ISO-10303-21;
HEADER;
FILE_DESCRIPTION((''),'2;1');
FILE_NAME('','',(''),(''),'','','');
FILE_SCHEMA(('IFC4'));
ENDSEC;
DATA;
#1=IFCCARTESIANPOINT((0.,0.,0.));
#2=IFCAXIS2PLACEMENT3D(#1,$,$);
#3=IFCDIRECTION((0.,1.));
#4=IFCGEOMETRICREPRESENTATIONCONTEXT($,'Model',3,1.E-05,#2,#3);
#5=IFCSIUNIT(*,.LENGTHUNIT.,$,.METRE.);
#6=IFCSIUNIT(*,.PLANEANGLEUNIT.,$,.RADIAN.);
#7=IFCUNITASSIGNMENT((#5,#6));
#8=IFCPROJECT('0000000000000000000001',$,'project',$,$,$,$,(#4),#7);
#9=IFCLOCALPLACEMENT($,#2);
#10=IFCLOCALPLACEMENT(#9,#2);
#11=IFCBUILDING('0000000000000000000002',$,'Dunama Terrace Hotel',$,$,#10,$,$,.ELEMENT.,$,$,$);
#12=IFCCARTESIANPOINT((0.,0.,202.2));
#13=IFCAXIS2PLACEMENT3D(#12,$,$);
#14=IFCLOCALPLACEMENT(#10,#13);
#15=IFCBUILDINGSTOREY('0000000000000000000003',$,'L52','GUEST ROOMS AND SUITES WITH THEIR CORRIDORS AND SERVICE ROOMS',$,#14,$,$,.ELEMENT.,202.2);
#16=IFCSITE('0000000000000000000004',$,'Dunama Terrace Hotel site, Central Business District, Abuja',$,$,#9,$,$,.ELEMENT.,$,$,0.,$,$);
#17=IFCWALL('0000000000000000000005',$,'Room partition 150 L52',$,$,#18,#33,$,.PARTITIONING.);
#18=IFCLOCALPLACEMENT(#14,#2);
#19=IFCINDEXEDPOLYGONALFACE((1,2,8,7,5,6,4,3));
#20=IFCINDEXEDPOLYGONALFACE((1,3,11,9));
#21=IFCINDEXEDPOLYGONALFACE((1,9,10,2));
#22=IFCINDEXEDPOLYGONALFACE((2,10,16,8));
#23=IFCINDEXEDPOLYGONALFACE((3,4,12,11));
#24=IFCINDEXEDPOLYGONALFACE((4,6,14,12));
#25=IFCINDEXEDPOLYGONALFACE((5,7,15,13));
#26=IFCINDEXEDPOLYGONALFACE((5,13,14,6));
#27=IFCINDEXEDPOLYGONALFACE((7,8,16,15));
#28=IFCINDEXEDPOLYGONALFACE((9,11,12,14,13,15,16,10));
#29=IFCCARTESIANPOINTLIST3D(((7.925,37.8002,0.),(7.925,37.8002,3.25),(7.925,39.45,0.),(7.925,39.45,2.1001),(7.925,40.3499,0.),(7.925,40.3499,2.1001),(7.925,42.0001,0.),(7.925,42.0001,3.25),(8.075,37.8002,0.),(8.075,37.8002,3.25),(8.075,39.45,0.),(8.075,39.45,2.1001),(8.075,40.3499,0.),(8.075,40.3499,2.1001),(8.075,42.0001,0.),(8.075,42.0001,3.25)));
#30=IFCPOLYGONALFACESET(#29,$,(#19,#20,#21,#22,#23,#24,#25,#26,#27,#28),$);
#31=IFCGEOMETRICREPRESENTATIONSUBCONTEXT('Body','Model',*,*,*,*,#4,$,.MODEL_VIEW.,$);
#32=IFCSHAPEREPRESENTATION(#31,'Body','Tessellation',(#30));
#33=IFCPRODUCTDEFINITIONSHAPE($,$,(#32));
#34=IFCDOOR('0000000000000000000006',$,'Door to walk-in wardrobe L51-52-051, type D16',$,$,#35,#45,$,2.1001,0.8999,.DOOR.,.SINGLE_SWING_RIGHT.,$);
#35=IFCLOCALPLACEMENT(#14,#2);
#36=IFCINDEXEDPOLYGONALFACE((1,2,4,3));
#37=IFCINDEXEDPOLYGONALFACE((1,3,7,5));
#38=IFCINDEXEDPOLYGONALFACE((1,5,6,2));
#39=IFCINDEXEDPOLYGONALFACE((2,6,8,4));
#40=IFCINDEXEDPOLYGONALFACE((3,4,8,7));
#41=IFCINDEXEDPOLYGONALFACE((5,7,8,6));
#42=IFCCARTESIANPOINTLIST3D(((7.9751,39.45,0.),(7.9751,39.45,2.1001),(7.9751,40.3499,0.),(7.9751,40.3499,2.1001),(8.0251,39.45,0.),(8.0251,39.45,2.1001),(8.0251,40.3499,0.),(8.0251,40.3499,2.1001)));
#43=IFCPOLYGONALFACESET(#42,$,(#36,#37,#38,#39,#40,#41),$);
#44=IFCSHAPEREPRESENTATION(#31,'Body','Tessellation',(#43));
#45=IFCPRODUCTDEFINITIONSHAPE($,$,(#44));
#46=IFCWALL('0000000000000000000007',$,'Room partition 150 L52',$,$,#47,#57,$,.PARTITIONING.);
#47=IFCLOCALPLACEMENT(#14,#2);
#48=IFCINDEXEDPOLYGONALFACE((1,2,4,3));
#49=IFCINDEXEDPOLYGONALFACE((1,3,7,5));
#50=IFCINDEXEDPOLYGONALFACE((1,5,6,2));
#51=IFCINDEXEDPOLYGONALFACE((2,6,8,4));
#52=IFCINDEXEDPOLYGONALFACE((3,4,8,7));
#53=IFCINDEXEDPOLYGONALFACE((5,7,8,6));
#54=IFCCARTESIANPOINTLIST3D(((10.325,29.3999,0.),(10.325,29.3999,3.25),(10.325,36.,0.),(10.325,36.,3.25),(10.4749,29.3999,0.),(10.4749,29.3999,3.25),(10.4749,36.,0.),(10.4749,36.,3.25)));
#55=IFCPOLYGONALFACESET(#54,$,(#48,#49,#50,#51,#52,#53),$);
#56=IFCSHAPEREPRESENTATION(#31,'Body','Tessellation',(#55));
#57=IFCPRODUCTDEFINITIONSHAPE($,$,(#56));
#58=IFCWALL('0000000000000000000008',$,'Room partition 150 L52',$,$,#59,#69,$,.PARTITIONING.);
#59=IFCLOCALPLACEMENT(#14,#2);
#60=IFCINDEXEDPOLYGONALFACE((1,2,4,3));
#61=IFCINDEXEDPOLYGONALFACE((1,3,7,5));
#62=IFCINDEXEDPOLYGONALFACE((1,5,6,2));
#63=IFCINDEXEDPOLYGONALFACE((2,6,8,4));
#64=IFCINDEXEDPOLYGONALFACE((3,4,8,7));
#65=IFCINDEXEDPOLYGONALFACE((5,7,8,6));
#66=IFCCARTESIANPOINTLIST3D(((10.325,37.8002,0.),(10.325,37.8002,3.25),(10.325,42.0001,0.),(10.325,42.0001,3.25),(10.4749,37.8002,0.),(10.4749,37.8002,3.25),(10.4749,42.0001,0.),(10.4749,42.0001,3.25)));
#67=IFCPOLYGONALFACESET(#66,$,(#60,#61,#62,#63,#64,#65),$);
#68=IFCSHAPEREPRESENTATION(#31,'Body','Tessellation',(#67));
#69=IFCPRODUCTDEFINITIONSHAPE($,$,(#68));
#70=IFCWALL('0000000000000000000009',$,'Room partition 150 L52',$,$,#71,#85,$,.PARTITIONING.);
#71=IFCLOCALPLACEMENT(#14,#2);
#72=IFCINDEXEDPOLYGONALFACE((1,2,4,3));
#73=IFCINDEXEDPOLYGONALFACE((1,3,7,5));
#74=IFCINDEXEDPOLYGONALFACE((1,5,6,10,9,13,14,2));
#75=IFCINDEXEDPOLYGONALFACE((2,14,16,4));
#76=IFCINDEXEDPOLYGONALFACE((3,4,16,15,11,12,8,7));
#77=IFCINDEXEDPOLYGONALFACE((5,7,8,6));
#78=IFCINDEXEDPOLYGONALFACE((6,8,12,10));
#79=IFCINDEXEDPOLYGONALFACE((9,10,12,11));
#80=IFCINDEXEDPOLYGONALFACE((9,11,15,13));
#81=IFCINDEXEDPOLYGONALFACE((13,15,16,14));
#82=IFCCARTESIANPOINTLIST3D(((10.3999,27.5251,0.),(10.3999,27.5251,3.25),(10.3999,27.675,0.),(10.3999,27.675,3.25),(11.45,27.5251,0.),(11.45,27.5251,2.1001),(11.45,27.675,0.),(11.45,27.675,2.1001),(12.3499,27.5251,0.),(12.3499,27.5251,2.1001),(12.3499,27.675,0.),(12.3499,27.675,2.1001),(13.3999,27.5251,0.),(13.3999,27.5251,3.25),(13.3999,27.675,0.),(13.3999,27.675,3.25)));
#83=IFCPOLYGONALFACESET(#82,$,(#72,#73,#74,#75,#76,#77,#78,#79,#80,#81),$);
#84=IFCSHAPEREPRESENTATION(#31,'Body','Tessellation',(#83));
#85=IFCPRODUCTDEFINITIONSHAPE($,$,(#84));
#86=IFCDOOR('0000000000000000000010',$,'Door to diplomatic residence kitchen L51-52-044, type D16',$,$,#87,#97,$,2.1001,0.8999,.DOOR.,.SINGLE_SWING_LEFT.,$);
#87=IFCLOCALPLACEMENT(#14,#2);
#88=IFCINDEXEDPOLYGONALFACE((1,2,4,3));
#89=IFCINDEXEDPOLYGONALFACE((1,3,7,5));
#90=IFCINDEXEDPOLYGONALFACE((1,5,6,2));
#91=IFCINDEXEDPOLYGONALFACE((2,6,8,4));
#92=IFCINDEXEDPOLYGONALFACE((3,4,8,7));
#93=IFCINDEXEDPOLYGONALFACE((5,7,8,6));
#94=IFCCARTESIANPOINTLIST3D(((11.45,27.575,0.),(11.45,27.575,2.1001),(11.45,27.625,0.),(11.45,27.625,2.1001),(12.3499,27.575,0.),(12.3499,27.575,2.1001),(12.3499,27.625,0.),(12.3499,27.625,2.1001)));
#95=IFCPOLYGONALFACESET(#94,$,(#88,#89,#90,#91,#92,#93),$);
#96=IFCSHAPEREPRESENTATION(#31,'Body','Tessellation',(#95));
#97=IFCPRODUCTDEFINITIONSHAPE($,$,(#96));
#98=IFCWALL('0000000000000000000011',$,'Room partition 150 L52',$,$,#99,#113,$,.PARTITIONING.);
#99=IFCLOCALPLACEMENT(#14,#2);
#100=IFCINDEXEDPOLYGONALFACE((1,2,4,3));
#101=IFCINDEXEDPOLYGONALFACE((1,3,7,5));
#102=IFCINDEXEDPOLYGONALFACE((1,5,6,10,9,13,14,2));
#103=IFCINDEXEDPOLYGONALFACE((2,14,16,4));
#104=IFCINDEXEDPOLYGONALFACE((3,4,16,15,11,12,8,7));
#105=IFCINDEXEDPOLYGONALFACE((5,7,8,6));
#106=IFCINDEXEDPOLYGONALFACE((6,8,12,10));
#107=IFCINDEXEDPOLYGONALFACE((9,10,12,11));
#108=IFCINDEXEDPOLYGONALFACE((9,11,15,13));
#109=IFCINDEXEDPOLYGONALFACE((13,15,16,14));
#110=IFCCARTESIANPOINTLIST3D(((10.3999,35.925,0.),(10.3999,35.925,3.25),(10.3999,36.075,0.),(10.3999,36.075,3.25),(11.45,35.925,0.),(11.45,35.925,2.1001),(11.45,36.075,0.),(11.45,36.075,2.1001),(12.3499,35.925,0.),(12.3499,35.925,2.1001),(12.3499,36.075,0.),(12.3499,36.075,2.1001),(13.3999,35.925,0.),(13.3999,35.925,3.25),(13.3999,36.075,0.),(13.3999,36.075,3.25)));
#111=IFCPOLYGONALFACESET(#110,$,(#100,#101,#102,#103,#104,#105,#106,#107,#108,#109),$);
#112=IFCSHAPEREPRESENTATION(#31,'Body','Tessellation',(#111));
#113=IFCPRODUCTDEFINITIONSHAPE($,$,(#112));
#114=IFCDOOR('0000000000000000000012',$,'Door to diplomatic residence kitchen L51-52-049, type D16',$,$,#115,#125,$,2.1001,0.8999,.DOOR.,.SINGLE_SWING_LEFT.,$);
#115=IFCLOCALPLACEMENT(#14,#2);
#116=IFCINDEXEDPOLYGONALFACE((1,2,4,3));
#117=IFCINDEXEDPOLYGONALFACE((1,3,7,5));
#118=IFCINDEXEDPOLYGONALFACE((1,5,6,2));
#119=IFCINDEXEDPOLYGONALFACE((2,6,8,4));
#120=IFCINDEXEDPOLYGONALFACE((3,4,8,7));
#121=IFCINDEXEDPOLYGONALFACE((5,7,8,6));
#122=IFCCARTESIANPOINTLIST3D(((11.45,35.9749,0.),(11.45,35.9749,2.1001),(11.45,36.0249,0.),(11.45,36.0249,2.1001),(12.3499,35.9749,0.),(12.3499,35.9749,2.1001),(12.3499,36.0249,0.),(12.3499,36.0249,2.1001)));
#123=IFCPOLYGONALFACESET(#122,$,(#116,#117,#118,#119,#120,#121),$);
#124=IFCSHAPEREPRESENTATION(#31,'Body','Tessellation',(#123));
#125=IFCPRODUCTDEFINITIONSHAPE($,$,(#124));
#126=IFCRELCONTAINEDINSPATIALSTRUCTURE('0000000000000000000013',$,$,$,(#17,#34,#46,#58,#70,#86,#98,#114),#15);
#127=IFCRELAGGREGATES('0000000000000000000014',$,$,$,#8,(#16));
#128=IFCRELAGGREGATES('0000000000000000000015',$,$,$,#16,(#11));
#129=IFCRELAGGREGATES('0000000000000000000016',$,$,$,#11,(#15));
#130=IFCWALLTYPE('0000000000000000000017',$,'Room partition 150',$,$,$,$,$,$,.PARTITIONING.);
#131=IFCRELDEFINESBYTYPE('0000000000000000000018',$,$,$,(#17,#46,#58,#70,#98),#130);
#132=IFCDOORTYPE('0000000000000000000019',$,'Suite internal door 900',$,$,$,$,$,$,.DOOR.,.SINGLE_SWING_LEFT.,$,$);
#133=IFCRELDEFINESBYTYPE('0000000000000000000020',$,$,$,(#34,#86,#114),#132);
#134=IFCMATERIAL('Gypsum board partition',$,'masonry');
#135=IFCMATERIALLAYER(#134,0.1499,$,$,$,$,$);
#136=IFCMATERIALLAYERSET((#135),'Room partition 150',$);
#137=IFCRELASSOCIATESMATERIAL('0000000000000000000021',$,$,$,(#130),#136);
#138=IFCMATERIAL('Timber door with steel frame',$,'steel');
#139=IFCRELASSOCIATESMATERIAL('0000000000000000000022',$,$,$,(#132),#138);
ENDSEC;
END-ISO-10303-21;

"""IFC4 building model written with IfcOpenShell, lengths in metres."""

from ifc_helpers import new_model, si_unit, direction, frame, frame_2d, origin, place, context, subcontext, project, spatial, rectangle, extrude, material, layer, layer_set, type_object, element, fill, save


model = new_model("IFC4")

# Units and contexts
model_context = context("Model", 3, precision=1e-05, world=origin(), true_north=direction((0.0, 1.0)))
body_context = subcontext(model_context, "Body", "Model", "MODEL_VIEW")
ifc_project = project(units=[si_unit("LENGTHUNIT", "METRE"), si_unit("PLANEANGLEUNIT", "RADIAN")], contexts=[model_context])

# Site, building, storey
site_placement = place(None, origin())
site = spatial("IfcSite", under=ifc_project, at=site_placement, Name="Dunama Terrace Hotel site, Central Business District, Abuja", CompositionType="ELEMENT", RefElevation=0.0)
building_placement = place(site_placement, origin())
building = spatial("IfcBuilding", under=site, at=building_placement, Name="Dunama Terrace Hotel", CompositionType="ELEMENT")
storey_placement = place(building_placement, frame((0.0, 0.0, 202.2)))
storey = spatial("IfcBuildingStorey", under=building, at=storey_placement, Name="L52", Description="GUEST ROOMS AND SUITES WITH THEIR CORRIDORS AND SERVICE ROOMS", CompositionType="ELEMENT", Elevation=202.2)

# Wall, opening, door
ifc_material_1 = material(Name="Gypsum board partition", Category="masonry")
ifc_layer_1 = layer(ifc_material_1, 0.1499)
ifc_layer_set_1 = layer_set([ifc_layer_1], Name="Room partition 150")
wall_type_1 = type_object("IfcWallType", Name="Room partition 150", PredefinedType="PARTITIONING", material=ifc_layer_set_1)
ifc_material_2 = material(Name="Timber door with steel frame", Category="steel")
door_type_1 = type_object("IfcDoorType", Name="Suite internal door 900", OperationType="SINGLE_SWING_LEFT", PredefinedType="DOOR", material=ifc_material_2)
wall_1_placement = place(storey_placement, frame((8.0, 37.8, 0.0), z_axis=(0.0, 0.0, 1.0), x_axis=(0.0, 1.0, 0.0)))
wall_1 = element("IfcWall", 1, at=wall_1_placement, inside=storey, type_object=wall_type_1, Name="Room partition 150 L52", PredefinedType="PARTITIONING", context=body_context, shape_type="SweptSolid", body=[
    extrude(rectangle(XDim=4.2, YDim=0.1499, at=frame_2d((2.1001, 0.0))), origin(), (0.0, 0.0, 1.0), 3.25),
])
opening_1_placement = place(wall_1_placement, frame((1.6499, 0.0, 0.0)))
opening_1 = element("IfcOpeningElement", 2, at=opening_1_placement, cuts=wall_1, PredefinedType="OPENING", context=body_context, shape_type="SweptSolid", body=[
    extrude(rectangle(XDim=0.8999, YDim=2.1001, at=frame_2d((0.45, 1.05))), frame((0.0, 0.085, 0.0), z_axis=(0.0, -1.0, 0.0), x_axis=(1.0, 0.0, 0.0)), (0.0, 0.0, 1.0), 0.1699),
])
door_1_placement = place(opening_1_placement, frame((0.8999, 0.0, 0.0), z_axis=(0.0, 0.0, 1.0), x_axis=(-1.0, 0.0, 0.0)))
door_1 = element("IfcDoor", 3, at=door_1_placement, inside=storey, type_object=door_type_1, Name="Door to walk-in wardrobe L51-52-051, type D16", OperationType="SINGLE_SWING_RIGHT", OverallHeight=2.1001, OverallWidth=0.8999, PredefinedType="DOOR", context=body_context, shape_type="SweptSolid", body=[
    extrude(rectangle(XDim=0.8999, YDim=2.1001, at=frame_2d((0.45, 1.05))), frame((0.0, 0.0251, 0.0), z_axis=(0.0, -1.0, 0.0), x_axis=(1.0, 0.0, 0.0)), (0.0, 0.0, 1.0), 0.05),
])
fill(opening_1, door_1)

# Walls
wall_2_placement = place(storey_placement, frame((10.3999, 29.3999, 0.0), z_axis=(0.0, 0.0, 1.0), x_axis=(0.0, 1.0, 0.0)))
element("IfcWall", 4, at=wall_2_placement, inside=storey, type_object=wall_type_1, Name="Room partition 150 L52", PredefinedType="PARTITIONING", context=body_context, shape_type="SweptSolid", body=[
    extrude(rectangle(XDim=6.6001, YDim=0.1499, at=frame_2d((3.3, 0.0))), origin(), (0.0, 0.0, 1.0), 3.25),
])
wall_3_placement = place(storey_placement, frame((10.3999, 37.8, 0.0), z_axis=(0.0, 0.0, 1.0), x_axis=(0.0, 1.0, 0.0)))
element("IfcWall", 5, at=wall_3_placement, inside=storey, type_object=wall_type_1, Name="Room partition 150 L52", PredefinedType="PARTITIONING", context=body_context, shape_type="SweptSolid", body=[
    extrude(rectangle(XDim=4.2, YDim=0.1499, at=frame_2d((2.1001, 0.0))), origin(), (0.0, 0.0, 1.0), 3.25),
])

# Walls, openings, doors
wall_4_placement = place(storey_placement, frame((10.3999, 27.6001, 0.0), z_axis=(0.0, 0.0, 1.0), x_axis=(1.0, 0.0, 0.0)))
wall_4 = element("IfcWall", 6, at=wall_4_placement, inside=storey, type_object=wall_type_1, Name="Room partition 150 L52", PredefinedType="PARTITIONING", context=body_context, shape_type="SweptSolid", body=[
    extrude(rectangle(XDim=3.0, YDim=0.1499, at=frame_2d((1.5, 0.0))), origin(), (0.0, 0.0, 1.0), 3.25),
])
opening_2_placement = place(wall_4_placement, frame((1.05, 0.0, 0.0)))
opening_2 = element("IfcOpeningElement", 7, at=opening_2_placement, cuts=wall_4, PredefinedType="OPENING", context=body_context, shape_type="SweptSolid", body=[
    extrude(rectangle(XDim=0.8999, YDim=2.1001, at=frame_2d((0.45, 1.05))), frame((0.0, 0.085, 0.0), z_axis=(0.0, -1.0, 0.0), x_axis=(1.0, 0.0, 0.0)), (0.0, 0.0, 1.0), 0.1699),
])
door_2_placement = place(opening_2_placement, frame((0.8999, 0.0, 0.0), z_axis=(0.0, 0.0, 1.0), x_axis=(-1.0, 0.0, 0.0)))
door_2 = element("IfcDoor", 8, at=door_2_placement, inside=storey, type_object=door_type_1, Name="Door to diplomatic residence kitchen L51-52-044, type D16", OperationType="SINGLE_SWING_LEFT", OverallHeight=2.1001, OverallWidth=0.8999, PredefinedType="DOOR", context=body_context, shape_type="SweptSolid", body=[
    extrude(rectangle(XDim=0.8999, YDim=2.1001, at=frame_2d((0.45, 1.05))), frame((0.0, 0.0251, 0.0), z_axis=(0.0, -1.0, 0.0), x_axis=(1.0, 0.0, 0.0)), (0.0, 0.0, 1.0), 0.05),
])
fill(opening_2, door_2)
wall_5_placement = place(storey_placement, frame((10.3999, 36.0, 0.0), z_axis=(0.0, 0.0, 1.0), x_axis=(1.0, 0.0, 0.0)))
wall_5 = element("IfcWall", 9, at=wall_5_placement, inside=storey, type_object=wall_type_1, Name="Room partition 150 L52", PredefinedType="PARTITIONING", context=body_context, shape_type="SweptSolid", body=[
    extrude(rectangle(XDim=3.0, YDim=0.1499, at=frame_2d((1.5, 0.0))), origin(), (0.0, 0.0, 1.0), 3.25),
])
opening_3_placement = place(wall_5_placement, frame((1.05, 0.0, 0.0)))
opening_3 = element("IfcOpeningElement", 10, at=opening_3_placement, cuts=wall_5, PredefinedType="OPENING", context=body_context, shape_type="SweptSolid", body=[
    extrude(rectangle(XDim=0.8999, YDim=2.1001, at=frame_2d((0.45, 1.05))), frame((0.0, 0.085, 0.0), z_axis=(0.0, -1.0, 0.0), x_axis=(1.0, 0.0, 0.0)), (0.0, 0.0, 1.0), 0.1699),
])
door_3_placement = place(opening_3_placement, frame((0.8999, 0.0, 0.0), z_axis=(0.0, 0.0, 1.0), x_axis=(-1.0, 0.0, 0.0)))
door_3 = element("IfcDoor", 11, at=door_3_placement, inside=storey, type_object=door_type_1, Name="Door to diplomatic residence kitchen L51-52-049, type D16", OperationType="SINGLE_SWING_LEFT", OverallHeight=2.1001, OverallWidth=0.8999, PredefinedType="DOOR", context=body_context, shape_type="SweptSolid", body=[
    extrude(rectangle(XDim=0.8999, YDim=2.1001, at=frame_2d((0.45, 1.05))), frame((0.0, 0.0251, 0.0), z_axis=(0.0, -1.0, 0.0), x_axis=(1.0, 0.0, 0.0)), (0.0, 0.0, 1.0), 0.05),
])
fill(opening_3, door_3)

save(model, "model.ifc")
